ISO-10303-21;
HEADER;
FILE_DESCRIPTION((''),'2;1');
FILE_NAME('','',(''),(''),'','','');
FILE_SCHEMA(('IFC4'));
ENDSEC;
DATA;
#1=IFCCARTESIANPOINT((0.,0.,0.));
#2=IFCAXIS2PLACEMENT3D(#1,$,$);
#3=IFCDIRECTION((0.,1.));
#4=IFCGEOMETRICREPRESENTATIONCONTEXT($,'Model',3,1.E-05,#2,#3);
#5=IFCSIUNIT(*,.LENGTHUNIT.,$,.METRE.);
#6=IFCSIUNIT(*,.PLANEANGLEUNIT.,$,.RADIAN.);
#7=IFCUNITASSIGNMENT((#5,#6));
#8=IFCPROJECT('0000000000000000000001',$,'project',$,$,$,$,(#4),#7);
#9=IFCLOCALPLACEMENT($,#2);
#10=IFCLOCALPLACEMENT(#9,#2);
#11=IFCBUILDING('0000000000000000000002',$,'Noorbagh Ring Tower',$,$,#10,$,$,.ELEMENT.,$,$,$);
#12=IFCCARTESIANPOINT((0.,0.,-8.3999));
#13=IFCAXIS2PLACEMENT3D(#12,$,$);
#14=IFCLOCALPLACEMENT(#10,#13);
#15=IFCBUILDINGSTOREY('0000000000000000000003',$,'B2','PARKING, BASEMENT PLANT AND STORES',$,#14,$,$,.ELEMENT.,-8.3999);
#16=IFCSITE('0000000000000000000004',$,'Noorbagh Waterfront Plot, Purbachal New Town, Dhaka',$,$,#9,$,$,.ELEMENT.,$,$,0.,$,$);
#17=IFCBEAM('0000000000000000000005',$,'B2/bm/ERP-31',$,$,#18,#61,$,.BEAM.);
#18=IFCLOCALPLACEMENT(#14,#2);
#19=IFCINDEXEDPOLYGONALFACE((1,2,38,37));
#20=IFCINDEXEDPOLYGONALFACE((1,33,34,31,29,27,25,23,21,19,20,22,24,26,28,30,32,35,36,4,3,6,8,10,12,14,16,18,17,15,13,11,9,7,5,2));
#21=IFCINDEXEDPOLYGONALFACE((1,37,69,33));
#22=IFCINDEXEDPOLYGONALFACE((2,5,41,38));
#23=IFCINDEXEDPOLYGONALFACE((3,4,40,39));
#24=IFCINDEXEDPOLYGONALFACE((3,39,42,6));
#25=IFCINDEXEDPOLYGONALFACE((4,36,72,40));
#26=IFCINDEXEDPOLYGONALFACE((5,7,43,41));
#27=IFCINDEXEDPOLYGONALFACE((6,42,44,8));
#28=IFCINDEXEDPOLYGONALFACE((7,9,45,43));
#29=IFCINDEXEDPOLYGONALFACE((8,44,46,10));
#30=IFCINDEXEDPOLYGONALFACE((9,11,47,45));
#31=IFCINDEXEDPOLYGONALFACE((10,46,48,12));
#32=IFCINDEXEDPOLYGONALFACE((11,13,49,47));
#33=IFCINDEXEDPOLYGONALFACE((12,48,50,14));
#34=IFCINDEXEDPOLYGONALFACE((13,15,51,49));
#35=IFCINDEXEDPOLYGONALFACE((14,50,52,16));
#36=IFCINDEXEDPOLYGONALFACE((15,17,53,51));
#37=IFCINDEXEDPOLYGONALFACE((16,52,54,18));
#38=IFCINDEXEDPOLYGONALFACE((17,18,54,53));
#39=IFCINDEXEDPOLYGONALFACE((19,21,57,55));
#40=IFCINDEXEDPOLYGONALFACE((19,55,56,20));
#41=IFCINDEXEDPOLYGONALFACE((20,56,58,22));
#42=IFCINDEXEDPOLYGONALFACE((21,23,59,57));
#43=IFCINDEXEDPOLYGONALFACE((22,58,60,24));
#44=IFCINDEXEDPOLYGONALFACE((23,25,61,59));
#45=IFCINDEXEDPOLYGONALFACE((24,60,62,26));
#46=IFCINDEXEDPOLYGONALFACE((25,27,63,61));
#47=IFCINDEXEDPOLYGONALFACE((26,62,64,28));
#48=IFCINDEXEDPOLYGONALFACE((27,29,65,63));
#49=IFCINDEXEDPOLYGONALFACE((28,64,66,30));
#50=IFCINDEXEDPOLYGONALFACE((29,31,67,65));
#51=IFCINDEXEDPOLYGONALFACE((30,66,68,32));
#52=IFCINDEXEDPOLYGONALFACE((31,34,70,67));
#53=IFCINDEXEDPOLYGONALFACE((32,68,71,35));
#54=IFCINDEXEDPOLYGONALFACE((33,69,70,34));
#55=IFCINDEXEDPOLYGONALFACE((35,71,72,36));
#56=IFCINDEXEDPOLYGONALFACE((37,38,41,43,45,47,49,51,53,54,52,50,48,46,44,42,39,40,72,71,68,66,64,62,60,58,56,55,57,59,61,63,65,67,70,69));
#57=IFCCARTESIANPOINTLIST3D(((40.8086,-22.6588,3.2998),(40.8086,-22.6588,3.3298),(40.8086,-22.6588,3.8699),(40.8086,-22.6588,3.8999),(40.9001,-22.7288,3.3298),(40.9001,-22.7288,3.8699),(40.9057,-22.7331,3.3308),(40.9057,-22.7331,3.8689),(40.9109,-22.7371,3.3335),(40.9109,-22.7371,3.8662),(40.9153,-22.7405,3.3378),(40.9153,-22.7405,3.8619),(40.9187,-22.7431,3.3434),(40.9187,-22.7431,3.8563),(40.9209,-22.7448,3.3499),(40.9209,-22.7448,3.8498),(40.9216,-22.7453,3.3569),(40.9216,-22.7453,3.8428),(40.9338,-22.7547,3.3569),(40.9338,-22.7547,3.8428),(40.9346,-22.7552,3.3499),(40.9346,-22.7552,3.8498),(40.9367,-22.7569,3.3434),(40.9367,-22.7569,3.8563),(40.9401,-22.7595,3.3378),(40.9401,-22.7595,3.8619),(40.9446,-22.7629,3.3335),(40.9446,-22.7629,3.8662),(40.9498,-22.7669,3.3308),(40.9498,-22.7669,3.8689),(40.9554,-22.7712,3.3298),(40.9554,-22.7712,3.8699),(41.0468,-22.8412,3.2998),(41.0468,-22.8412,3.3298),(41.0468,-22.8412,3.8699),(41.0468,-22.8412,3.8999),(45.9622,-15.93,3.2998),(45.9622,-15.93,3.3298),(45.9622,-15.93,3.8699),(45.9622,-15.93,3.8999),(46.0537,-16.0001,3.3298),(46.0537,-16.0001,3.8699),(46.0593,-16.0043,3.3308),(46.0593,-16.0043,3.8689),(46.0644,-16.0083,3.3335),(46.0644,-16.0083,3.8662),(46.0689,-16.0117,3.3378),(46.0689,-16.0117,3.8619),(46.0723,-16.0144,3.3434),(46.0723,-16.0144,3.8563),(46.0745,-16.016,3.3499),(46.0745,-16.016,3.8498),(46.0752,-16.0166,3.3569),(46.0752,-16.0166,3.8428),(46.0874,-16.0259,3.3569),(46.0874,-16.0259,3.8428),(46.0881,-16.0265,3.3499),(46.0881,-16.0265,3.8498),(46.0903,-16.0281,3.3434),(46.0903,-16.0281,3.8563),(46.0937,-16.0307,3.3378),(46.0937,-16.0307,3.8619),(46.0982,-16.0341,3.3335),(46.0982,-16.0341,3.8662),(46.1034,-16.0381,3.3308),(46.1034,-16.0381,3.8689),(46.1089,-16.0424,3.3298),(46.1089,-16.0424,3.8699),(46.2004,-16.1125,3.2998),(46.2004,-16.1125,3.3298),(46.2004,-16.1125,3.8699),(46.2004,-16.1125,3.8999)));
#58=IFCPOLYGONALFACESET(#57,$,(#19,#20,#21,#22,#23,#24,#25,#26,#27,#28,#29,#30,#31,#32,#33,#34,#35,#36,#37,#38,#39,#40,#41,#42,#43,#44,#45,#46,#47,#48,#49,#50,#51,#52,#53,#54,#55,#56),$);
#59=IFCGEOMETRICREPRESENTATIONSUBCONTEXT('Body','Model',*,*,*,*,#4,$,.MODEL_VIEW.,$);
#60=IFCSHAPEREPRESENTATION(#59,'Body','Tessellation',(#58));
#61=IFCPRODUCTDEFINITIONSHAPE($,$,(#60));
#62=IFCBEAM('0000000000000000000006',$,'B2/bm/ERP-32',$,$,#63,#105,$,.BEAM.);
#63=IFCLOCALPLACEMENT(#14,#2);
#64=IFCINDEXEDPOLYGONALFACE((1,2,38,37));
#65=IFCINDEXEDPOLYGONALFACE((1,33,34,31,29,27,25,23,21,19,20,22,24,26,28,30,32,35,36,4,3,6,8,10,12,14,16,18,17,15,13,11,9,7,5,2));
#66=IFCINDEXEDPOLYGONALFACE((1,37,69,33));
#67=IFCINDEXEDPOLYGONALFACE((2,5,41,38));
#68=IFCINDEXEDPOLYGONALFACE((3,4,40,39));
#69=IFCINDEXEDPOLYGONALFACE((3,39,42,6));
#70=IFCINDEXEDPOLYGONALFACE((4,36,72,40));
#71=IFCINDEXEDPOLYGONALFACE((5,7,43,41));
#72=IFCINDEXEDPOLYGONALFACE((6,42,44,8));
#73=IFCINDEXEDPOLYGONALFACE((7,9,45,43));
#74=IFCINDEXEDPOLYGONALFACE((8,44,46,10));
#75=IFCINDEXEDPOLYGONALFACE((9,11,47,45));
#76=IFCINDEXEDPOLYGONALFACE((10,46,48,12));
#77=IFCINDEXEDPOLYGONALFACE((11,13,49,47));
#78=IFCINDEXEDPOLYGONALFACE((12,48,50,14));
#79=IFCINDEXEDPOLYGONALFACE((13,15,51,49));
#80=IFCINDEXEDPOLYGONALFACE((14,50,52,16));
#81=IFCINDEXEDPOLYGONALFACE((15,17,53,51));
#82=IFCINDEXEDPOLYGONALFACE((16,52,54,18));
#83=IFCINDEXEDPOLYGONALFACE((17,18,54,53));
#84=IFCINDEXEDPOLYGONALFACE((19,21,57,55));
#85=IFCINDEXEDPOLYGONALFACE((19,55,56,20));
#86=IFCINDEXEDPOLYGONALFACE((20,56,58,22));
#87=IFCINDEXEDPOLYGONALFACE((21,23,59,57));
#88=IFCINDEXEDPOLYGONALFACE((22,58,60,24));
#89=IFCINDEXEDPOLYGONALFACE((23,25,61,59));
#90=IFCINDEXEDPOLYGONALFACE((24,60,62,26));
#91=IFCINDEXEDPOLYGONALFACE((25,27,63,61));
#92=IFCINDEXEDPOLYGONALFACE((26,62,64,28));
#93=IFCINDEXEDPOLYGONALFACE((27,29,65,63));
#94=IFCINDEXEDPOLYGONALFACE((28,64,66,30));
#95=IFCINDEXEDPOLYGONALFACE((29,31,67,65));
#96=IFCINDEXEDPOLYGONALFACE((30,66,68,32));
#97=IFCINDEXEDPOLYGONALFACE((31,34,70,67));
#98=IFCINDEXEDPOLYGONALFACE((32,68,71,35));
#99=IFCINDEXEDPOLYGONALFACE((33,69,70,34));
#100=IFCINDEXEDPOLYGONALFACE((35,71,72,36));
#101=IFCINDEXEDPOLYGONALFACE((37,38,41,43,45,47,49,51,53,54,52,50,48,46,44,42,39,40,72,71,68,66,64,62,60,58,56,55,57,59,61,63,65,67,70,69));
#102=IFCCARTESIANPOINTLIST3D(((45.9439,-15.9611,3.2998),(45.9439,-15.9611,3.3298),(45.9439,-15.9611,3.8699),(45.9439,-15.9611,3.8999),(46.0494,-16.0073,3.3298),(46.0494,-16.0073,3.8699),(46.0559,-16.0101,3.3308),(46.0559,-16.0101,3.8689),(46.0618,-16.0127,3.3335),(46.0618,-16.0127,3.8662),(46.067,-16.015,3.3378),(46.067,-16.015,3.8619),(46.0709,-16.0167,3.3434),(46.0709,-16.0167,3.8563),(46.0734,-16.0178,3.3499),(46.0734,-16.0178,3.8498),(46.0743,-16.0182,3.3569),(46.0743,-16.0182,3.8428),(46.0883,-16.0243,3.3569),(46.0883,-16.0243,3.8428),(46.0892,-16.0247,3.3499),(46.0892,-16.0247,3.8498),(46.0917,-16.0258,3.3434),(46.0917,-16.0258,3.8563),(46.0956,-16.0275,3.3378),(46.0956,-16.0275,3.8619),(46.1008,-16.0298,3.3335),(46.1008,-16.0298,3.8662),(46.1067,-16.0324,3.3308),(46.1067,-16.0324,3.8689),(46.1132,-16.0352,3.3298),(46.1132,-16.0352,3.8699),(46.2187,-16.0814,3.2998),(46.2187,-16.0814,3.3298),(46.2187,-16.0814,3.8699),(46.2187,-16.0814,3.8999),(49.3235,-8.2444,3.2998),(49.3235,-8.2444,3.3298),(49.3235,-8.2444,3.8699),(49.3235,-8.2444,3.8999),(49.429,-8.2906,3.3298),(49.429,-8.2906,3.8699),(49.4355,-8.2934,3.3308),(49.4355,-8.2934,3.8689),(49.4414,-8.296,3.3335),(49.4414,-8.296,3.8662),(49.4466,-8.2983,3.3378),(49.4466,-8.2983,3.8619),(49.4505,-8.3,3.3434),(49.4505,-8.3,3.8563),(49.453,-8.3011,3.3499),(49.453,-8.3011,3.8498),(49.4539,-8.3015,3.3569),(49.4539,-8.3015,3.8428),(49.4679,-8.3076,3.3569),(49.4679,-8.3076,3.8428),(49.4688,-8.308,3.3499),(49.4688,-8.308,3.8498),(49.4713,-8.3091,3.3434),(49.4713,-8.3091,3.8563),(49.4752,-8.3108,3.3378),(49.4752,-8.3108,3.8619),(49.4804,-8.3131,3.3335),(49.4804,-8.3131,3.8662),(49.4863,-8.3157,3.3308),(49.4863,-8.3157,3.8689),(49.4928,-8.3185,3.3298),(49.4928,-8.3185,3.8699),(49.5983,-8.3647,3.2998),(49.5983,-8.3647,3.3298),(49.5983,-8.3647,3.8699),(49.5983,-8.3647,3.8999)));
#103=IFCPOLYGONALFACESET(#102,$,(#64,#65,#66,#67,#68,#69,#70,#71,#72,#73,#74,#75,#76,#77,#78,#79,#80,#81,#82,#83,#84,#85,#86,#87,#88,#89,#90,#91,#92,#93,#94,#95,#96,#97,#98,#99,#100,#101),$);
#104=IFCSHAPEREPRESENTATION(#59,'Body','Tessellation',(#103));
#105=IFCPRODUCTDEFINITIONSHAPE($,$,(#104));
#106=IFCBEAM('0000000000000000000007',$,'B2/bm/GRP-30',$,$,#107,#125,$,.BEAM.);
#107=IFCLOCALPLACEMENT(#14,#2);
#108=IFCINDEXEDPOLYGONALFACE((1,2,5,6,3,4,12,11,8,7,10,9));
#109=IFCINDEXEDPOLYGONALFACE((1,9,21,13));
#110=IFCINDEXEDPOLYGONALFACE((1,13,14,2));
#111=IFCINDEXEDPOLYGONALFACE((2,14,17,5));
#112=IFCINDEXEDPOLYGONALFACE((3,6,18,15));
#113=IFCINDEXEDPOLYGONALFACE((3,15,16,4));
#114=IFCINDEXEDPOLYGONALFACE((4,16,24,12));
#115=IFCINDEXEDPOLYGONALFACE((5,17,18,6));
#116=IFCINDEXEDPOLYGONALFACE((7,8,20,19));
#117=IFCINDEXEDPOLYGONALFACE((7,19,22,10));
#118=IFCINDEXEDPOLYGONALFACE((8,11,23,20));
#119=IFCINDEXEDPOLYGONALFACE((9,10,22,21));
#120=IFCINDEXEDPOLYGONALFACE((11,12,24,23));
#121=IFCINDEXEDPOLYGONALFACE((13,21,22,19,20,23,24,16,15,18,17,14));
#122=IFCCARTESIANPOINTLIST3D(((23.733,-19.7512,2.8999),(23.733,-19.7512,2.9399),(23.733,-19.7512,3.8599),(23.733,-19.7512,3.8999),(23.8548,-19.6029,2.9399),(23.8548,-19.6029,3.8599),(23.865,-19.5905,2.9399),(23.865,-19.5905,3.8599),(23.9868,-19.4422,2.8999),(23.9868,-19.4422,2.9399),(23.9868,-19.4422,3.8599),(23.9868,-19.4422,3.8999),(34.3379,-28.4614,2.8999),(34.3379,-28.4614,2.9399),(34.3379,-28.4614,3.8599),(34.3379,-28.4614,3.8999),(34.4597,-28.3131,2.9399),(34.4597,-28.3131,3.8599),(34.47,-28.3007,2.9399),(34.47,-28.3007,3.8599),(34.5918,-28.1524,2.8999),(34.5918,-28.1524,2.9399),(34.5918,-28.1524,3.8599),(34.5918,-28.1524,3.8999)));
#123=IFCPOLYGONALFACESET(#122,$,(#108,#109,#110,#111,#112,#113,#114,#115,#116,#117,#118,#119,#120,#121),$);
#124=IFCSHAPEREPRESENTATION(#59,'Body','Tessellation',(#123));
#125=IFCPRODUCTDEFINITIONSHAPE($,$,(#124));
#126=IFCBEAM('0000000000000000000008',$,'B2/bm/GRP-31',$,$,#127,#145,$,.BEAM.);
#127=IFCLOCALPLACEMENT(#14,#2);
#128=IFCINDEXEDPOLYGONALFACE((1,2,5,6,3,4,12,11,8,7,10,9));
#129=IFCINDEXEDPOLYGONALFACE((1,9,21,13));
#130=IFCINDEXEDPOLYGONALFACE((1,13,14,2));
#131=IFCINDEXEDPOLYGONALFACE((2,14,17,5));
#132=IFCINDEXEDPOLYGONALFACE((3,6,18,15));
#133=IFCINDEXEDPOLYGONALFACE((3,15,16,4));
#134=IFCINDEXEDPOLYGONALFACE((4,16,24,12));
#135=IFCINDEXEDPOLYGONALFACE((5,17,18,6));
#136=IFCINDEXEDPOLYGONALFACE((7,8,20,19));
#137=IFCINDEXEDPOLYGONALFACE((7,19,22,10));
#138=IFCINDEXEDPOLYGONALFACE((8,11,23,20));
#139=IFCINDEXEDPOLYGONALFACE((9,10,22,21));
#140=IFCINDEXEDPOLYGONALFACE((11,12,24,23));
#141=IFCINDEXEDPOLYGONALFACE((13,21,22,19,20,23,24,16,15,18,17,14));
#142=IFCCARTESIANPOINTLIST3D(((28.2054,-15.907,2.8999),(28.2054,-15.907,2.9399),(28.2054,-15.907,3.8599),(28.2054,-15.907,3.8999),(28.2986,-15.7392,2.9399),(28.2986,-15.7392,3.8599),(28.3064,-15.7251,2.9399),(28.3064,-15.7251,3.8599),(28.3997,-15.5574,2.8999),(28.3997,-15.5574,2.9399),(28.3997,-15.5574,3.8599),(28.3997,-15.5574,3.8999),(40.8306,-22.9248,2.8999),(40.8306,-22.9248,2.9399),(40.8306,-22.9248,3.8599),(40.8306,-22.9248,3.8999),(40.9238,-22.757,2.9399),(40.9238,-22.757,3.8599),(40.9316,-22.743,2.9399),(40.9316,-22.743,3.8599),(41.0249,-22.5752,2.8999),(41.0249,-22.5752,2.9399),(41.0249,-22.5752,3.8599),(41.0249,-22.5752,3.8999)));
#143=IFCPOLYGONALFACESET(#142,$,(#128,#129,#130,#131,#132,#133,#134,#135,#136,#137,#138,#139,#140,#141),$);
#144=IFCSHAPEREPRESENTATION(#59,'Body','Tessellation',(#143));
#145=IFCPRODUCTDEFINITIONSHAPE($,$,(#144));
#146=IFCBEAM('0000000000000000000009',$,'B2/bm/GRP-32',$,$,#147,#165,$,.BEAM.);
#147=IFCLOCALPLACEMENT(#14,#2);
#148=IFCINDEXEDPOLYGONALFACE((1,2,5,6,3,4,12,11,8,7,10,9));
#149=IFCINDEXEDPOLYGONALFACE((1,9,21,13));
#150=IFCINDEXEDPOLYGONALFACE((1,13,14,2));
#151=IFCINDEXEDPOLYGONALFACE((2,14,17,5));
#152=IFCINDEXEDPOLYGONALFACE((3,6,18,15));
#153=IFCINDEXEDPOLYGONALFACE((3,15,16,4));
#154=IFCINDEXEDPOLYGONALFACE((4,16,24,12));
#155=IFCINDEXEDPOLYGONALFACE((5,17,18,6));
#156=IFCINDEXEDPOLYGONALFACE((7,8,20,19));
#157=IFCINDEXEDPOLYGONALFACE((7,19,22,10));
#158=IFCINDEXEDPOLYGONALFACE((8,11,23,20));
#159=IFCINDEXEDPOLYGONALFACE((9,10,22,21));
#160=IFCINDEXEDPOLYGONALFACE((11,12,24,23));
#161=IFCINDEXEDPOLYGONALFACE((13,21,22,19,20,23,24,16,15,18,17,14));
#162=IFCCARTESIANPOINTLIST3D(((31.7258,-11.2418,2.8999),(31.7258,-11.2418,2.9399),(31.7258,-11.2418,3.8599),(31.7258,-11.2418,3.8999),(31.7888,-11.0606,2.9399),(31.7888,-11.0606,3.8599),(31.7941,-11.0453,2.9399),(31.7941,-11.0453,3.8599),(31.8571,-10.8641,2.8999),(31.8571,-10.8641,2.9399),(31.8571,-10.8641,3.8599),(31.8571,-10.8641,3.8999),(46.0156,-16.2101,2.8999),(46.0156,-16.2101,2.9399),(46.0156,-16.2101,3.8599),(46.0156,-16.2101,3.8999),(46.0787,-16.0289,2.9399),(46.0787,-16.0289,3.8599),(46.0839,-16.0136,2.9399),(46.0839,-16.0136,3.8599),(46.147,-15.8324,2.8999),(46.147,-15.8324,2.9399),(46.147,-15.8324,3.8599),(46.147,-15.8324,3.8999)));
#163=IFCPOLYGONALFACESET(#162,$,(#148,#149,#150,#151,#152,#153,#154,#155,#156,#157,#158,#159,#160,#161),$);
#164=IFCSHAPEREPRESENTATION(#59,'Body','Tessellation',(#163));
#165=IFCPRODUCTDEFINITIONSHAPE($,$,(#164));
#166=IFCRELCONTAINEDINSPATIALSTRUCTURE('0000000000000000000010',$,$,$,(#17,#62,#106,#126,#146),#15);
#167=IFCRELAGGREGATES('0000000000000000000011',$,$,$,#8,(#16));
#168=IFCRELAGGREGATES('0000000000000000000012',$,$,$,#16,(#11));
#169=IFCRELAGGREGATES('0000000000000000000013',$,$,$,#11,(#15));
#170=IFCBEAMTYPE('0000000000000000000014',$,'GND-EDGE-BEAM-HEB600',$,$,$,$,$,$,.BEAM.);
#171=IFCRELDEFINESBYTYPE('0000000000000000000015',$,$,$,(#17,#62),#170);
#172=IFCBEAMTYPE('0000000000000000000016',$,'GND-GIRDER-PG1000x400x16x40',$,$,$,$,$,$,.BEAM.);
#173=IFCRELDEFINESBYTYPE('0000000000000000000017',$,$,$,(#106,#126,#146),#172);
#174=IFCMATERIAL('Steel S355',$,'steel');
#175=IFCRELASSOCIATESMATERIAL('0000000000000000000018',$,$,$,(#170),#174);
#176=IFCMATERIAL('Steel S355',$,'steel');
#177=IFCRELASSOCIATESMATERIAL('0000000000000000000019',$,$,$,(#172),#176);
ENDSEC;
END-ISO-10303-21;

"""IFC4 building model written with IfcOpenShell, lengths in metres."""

from ifc_helpers import new_model, si_unit, direction, frame, origin, origin_2d, place, context, subcontext, project, spatial, i_section, extrude, material, material_profile, profile_set, type_object, element, save


model = new_model("IFC4")

# Units and contexts
model_context = context("Model", 3, precision=1e-05, world=origin(), true_north=direction((0.0, 1.0)))
body_context = subcontext(model_context, "Body", "Model", "MODEL_VIEW")
ifc_project = project(units=[si_unit("LENGTHUNIT", "METRE"), si_unit("PLANEANGLEUNIT", "RADIAN")], contexts=[model_context])

# Site, building, storey
site_placement = place(None, origin())
site = spatial("IfcSite", under=ifc_project, at=site_placement, Name="Noorbagh Waterfront Plot, Purbachal New Town, Dhaka", CompositionType="ELEMENT", RefElevation=0.0)
building_placement = place(site_placement, origin())
building = spatial("IfcBuilding", under=site, at=building_placement, Name="Noorbagh Ring Tower", CompositionType="ELEMENT")
storey_placement = place(building_placement, frame((0.0, 0.0, -8.3999)))
storey = spatial("IfcBuildingStorey", under=building, at=storey_placement, Name="B2", Description="PARKING, BASEMENT PLANT AND STORES", CompositionType="ELEMENT", Elevation=-8.3999)

# Beams
ifc_material_1 = material(Name="Steel S355", Category="steel")
ifc_material_profile_1 = material_profile(ifc_material_1, i_section(OverallWidth=0.3, OverallDepth=0.6001, WebThickness=0.0154, FlangeThickness=0.03, FilletRadius=0.0271, at=origin_2d()), Name="HEB600")
ifc_profile_set_1 = profile_set([ifc_material_profile_1], Name="Steel S355")
beam_type_1 = type_object("IfcBeamType", Name="GND-EDGE-BEAM-HEB600", PredefinedType="BEAM", material=ifc_profile_set_1)
beam_1_placement = place(storey_placement, frame((40.9277, -22.75, 3.5999), z_axis=(0.608049, 0.7939, 0.0), x_axis=(-0.7939, 0.608049, 0.0)))
element("IfcBeam", 1, at=beam_1_placement, inside=storey, type_object=beam_type_1, Name="B2/bm/ERP-31", PredefinedType="BEAM", context=body_context, shape_type="SweptSolid", body=[
    extrude(i_section(OverallWidth=0.3, OverallDepth=0.6001, WebThickness=0.0154, FlangeThickness=0.03, FilletRadius=0.0271, at=origin_2d()), origin(), (0.0, 0.0, 1.0), 8.4756),
])
beam_2_placement = place(storey_placement, frame((46.0813, -16.0212, 3.5999), z_axis=(0.401172, 0.916003, 0.0), x_axis=(-0.916003, 0.401172, 0.0)))
element("IfcBeam", 2, at=beam_2_placement, inside=storey, type_object=beam_type_1, Name="B2/bm/ERP-32", PredefinedType="BEAM", context=body_context, shape_type="SweptSolid", body=[
    extrude(i_section(OverallWidth=0.3, OverallDepth=0.6001, WebThickness=0.0154, FlangeThickness=0.03, FilletRadius=0.0271, at=origin_2d()), origin(), (0.0, 0.0, 1.0), 8.4243),
])
ifc_material_2 = material(Name="Steel S355", Category="steel")
ifc_material_profile_2 = material_profile(ifc_material_2, i_section(OverallWidth=0.3999, OverallDepth=1.0, WebThickness=0.0161, FlangeThickness=0.04, at=origin_2d()), Name="PG1000x400x16x40")
ifc_profile_set_2 = profile_set([ifc_material_profile_2], Name="Steel S355")
beam_type_2 = type_object("IfcBeamType", Name="GND-GIRDER-PG1000x400x16x40", PredefinedType="BEAM", material=ifc_profile_set_2)
beam_3_placement = place(storey_placement, frame((34.4648, -28.3069, 3.3999), z_axis=(-0.772763, 0.634695, 0.0), x_axis=(-0.634695, -0.772763, 0.0)))
element("IfcBeam", 3, at=beam_3_placement, inside=storey, type_object=beam_type_2, Name="B2/bm/GRP-30", PredefinedType="BEAM", context=body_context, shape_type="SweptSolid", body=[
    extrude(i_section(OverallWidth=0.3999, OverallDepth=1.0, WebThickness=0.0161, FlangeThickness=0.04, at=origin_2d()), origin(), (0.0, 0.0, 1.0), 13.7234),
])
beam_4_placement = place(storey_placement, frame((40.9277, -22.75, 3.3999), z_axis=(-0.874046, 0.485844, 0.0), x_axis=(-0.485844, -0.874046, 0.0)))
element("IfcBeam", 4, at=beam_4_placement, inside=storey, type_object=beam_type_2, Name="B2/bm/GRP-31", PredefinedType="BEAM", context=body_context, shape_type="SweptSolid", body=[
    extrude(i_section(OverallWidth=0.3999, OverallDepth=1.0, WebThickness=0.0161, FlangeThickness=0.04, at=origin_2d()), origin(), (0.0, 0.0, 1.0), 14.4446),
])
beam_5_placement = place(storey_placement, frame((46.0813, -16.0212, 3.3999), z_axis=(-0.94454, 0.328397, 0.0), x_axis=(-0.328397, -0.94454, 0.0)))
element("IfcBeam", 5, at=beam_5_placement, inside=storey, type_object=beam_type_2, Name="B2/bm/GRP-32", PredefinedType="BEAM", context=body_context, shape_type="SweptSolid", body=[
    extrude(i_section(OverallWidth=0.3999, OverallDepth=1.0, WebThickness=0.0161, FlangeThickness=0.04, at=origin_2d()), origin(), (0.0, 0.0, 1.0), 15.1289),
])

save(model, "model.ifc")
